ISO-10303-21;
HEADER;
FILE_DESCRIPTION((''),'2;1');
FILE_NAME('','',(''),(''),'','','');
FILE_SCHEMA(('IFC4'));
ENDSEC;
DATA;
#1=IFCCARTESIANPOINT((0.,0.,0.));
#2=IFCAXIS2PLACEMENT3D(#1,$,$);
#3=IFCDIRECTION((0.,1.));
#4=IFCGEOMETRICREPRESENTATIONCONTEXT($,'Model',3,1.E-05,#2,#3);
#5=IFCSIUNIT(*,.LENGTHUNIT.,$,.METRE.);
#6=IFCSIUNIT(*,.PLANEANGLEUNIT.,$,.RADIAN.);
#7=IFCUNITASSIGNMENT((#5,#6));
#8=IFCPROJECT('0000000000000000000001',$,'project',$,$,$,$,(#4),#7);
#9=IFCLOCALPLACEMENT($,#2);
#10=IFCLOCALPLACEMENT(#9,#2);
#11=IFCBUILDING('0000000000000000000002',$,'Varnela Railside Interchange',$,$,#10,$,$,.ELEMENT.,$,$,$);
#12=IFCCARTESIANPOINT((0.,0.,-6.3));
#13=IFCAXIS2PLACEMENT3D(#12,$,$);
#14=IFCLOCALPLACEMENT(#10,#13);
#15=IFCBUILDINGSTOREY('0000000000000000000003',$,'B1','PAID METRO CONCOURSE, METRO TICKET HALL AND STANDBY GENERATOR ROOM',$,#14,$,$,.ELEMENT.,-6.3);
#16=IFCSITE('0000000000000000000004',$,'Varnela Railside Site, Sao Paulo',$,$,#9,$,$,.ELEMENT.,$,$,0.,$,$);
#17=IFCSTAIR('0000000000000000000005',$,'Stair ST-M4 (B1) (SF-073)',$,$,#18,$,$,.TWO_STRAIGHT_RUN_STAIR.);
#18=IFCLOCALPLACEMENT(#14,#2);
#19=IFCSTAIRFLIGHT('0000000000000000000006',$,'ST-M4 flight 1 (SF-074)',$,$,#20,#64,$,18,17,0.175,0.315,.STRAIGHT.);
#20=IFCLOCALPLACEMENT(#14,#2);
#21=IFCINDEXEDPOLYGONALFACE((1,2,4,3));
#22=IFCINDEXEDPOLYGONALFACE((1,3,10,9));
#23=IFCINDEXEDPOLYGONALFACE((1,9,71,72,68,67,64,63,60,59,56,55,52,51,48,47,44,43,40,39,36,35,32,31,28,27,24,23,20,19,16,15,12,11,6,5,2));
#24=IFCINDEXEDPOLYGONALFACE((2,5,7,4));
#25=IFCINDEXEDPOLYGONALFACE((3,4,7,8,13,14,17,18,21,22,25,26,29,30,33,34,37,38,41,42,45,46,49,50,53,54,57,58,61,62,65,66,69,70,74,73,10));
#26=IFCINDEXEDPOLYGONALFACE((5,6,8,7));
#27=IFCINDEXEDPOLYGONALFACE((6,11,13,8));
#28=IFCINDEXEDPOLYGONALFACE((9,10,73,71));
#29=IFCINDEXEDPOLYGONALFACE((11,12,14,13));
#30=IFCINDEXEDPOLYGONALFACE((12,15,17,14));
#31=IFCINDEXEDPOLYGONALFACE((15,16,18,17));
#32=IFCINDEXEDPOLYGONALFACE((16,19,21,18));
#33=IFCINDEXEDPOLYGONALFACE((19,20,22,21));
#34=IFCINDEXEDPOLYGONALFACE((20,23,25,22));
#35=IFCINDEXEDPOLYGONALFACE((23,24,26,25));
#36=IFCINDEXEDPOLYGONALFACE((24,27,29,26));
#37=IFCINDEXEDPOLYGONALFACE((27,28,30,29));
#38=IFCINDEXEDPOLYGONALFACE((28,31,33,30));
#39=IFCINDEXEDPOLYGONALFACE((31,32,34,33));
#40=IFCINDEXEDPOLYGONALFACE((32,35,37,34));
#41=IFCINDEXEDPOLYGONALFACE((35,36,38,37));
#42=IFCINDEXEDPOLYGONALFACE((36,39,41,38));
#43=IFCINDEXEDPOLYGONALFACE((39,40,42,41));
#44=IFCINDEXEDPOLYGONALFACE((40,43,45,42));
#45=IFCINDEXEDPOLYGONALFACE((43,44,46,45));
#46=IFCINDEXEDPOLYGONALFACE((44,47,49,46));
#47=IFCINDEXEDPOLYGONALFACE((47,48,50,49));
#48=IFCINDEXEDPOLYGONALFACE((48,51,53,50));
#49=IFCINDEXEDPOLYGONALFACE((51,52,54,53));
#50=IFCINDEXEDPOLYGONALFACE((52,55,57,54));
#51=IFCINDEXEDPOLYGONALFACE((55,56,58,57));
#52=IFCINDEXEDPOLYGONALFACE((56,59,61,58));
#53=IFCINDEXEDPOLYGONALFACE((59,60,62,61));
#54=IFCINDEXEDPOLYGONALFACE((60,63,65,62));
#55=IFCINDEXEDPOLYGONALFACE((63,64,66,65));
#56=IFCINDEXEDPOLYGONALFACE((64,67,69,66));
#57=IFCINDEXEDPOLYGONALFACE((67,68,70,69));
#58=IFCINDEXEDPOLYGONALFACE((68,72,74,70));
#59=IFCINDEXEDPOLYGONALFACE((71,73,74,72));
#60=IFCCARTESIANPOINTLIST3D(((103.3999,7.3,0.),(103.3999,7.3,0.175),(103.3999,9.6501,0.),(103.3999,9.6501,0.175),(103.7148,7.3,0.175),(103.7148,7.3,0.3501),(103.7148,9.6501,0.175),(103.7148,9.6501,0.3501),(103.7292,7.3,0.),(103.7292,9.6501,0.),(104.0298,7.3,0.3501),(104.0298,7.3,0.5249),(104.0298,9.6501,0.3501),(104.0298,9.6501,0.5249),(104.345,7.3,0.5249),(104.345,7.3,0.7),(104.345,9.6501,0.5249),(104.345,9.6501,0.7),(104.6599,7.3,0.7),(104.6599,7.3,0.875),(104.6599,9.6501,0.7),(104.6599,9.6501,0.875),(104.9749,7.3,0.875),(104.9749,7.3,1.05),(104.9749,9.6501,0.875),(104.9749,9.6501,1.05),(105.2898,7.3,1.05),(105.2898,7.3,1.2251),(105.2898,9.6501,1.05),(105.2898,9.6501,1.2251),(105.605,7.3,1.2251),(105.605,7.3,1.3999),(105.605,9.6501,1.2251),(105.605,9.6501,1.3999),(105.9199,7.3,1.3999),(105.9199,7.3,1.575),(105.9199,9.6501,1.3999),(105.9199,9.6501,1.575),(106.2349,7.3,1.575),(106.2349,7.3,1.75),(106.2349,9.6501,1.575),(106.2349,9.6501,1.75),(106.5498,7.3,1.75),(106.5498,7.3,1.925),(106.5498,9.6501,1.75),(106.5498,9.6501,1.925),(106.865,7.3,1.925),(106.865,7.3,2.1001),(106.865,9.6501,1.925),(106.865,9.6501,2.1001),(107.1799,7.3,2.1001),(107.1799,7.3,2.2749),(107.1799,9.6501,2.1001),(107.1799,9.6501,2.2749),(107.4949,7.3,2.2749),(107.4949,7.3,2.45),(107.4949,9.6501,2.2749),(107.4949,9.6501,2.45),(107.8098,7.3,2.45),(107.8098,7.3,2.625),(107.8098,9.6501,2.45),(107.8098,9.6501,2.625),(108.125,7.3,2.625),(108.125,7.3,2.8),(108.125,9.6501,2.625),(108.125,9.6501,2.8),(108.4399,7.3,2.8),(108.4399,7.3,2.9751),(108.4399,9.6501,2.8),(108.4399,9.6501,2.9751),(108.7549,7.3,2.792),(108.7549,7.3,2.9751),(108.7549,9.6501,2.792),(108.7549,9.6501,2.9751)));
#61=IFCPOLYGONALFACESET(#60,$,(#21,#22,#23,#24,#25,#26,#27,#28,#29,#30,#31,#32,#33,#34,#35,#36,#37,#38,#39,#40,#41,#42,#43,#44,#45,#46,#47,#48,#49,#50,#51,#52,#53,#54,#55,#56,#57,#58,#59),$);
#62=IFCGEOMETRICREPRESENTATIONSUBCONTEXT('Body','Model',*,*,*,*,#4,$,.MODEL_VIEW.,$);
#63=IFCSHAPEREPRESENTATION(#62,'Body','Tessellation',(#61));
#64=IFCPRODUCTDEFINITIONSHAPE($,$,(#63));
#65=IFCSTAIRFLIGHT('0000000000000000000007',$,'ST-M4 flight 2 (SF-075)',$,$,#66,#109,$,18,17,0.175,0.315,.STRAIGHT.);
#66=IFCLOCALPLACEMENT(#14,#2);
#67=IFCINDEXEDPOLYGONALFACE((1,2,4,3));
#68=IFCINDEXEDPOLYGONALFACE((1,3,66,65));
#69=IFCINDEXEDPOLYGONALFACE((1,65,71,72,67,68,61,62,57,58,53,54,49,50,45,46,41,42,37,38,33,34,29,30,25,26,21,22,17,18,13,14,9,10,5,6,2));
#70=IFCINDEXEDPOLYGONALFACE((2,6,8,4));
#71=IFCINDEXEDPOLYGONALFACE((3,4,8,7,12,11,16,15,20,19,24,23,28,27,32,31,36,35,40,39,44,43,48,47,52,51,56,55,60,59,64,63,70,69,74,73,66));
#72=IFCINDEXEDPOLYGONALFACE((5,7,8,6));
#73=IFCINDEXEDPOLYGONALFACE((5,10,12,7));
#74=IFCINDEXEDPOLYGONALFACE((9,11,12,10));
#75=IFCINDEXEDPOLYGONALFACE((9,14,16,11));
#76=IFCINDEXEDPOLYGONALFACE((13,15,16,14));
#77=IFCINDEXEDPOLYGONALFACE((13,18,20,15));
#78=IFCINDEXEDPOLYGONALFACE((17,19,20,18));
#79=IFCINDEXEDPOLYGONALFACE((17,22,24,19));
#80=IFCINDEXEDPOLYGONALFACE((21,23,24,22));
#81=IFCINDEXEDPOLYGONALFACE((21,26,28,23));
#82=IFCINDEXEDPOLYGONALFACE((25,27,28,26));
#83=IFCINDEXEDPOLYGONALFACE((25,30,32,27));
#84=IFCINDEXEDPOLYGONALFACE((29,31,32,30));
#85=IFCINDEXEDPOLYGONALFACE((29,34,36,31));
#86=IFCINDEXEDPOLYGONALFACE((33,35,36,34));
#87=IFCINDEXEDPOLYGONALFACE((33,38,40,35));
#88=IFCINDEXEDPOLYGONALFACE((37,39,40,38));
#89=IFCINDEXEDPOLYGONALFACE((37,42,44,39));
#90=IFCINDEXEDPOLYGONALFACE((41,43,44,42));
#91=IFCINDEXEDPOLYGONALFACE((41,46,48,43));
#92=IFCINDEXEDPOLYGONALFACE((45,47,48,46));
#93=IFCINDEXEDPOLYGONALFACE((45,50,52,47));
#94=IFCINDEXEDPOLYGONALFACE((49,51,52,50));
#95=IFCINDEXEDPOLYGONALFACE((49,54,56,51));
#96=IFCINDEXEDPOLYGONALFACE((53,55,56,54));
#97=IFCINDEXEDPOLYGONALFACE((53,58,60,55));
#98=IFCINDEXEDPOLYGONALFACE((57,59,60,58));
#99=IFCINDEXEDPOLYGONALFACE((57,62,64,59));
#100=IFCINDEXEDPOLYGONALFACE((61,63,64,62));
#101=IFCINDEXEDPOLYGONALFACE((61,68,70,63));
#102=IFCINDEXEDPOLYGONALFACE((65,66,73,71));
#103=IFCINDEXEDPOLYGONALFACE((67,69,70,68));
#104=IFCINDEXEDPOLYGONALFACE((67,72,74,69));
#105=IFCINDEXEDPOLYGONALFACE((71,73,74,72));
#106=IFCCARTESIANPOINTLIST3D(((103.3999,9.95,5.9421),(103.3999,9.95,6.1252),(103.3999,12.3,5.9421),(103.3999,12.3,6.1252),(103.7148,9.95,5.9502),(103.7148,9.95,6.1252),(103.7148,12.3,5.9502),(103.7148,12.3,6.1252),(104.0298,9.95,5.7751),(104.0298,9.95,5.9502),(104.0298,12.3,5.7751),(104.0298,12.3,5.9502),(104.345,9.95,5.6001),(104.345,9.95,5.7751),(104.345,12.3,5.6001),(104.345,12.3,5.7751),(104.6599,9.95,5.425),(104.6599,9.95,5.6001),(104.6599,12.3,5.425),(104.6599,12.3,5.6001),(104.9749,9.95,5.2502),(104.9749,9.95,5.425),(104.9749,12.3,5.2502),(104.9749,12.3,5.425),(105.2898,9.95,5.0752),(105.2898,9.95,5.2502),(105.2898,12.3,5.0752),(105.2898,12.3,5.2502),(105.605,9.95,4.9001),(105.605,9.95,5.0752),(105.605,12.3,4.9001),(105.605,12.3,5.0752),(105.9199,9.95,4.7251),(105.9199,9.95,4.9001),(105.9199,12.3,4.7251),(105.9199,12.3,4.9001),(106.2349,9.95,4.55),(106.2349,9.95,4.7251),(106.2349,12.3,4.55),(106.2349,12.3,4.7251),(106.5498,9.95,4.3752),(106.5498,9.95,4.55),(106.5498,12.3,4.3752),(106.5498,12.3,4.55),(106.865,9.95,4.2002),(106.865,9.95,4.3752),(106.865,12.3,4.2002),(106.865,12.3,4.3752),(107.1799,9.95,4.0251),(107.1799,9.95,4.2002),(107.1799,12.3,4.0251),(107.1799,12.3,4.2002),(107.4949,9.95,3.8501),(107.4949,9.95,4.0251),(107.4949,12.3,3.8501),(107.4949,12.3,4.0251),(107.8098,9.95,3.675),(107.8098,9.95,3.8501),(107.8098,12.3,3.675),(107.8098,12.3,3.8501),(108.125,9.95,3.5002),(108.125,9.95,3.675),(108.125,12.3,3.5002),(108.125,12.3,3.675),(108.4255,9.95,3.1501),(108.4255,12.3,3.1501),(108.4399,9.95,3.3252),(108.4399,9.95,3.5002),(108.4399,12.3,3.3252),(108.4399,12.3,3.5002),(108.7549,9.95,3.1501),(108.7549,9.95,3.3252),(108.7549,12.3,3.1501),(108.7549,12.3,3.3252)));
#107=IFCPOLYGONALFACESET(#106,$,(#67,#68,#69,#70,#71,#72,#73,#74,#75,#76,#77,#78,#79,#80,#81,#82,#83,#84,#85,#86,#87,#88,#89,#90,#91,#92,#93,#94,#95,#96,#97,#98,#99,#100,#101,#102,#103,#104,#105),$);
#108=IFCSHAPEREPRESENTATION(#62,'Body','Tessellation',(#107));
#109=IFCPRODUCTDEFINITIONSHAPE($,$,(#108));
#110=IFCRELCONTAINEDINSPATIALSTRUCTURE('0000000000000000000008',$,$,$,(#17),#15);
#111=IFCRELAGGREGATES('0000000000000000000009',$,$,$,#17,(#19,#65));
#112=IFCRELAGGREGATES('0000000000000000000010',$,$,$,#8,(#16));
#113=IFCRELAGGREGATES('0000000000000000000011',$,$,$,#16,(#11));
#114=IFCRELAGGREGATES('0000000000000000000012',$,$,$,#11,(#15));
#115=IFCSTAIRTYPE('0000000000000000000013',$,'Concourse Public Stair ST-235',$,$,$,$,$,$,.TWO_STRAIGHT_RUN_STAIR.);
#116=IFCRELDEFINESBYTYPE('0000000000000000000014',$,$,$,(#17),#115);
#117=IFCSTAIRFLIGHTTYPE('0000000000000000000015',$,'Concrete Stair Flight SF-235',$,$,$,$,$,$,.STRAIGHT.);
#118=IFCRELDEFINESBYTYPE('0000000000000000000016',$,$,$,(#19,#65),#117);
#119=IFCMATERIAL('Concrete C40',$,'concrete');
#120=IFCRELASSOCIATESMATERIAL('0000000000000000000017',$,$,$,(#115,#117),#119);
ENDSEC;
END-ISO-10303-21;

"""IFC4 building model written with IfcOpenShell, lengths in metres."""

from ifc_helpers import new_model, si_unit, direction, frame, origin, place, context, subcontext, project, spatial, polyline, outline, extrude, material, type_object, element, aggregate, save


model = new_model("IFC4")

# Units and contexts
model_context = context("Model", 3, precision=1e-05, world=origin(), true_north=direction((0.0, 1.0)))
body_context = subcontext(model_context, "Body", "Model", "MODEL_VIEW")
ifc_project = project(units=[si_unit("LENGTHUNIT", "METRE"), si_unit("PLANEANGLEUNIT", "RADIAN")], contexts=[model_context])

# Site, building, storey
site_placement = place(None, origin())
site = spatial("IfcSite", under=ifc_project, at=site_placement, Name="Varnela Railside Site, Sao Paulo", CompositionType="ELEMENT", RefElevation=0.0)
building_placement = place(site_placement, origin())
building = spatial("IfcBuilding", under=site, at=building_placement, Name="Varnela Railside Interchange", CompositionType="ELEMENT")
storey_placement = place(building_placement, frame((0.0, 0.0, -6.3)))
storey = spatial("IfcBuildingStorey", under=building, at=storey_placement, Name="B1", Description="PAID METRO CONCOURSE, METRO TICKET HALL AND STANDBY GENERATOR ROOM", CompositionType="ELEMENT", Elevation=-6.3)

# Shared definitions
ifc_material_1 = material(Name="Concrete C40", Category="concrete")

# Stair, stair flights
stair_type = type_object("IfcStairType", Name="Concourse Public Stair ST-235", PredefinedType="TWO_STRAIGHT_RUN_STAIR", material=ifc_material_1)
stair_placement = place(storey_placement, origin())
stair = element("IfcStair", 1, at=stair_placement, inside=storey, type_object=stair_type, Name="Stair ST-M4 (B1) (SF-073)", PredefinedType="TWO_STRAIGHT_RUN_STAIR")
stair_flight_type = type_object("IfcStairFlightType", Name="Concrete Stair Flight SF-235", PredefinedType="STRAIGHT", material=ifc_material_1)
stair_flight_1_placement = place(storey_placement, frame((103.3999, 8.4751, 0.0), z_axis=(0.0, 0.0, 1.0), x_axis=(1.0, 0.0, 0.0)))
stair_flight_1 = element("IfcStairFlight", 2, at=stair_flight_1_placement, type_object=stair_flight_type, Name="ST-M4 flight 1 (SF-074)", NumberOfRisers=18, NumberOfTreads=17, PredefinedType="STRAIGHT", RiserHeight=0.175, TreadLength=0.315, context=body_context, shape_type="SweptSolid", body=[
    extrude(outline(polyline([(0.0, 0.0), (0.0, 0.175), (0.3149, 0.175), (0.3149, 0.3501), (0.6299, 0.3501), (0.6299, 0.5249), (0.9451, 0.5249), (0.9451, 0.7), (1.26, 0.7), (1.26, 0.875), (1.575, 0.875), (1.575, 1.05), (1.8899, 1.05), (1.8899, 1.2251), (2.2051, 1.2251), (2.2051, 1.3999), (2.52, 1.3999), (2.52, 1.575), (2.835, 1.575), (2.835, 1.75), (3.1499, 1.75), (3.1499, 1.925), (3.4651, 1.925), (3.4651, 2.1001), (3.78, 2.1001), (3.78, 2.2749), (4.095, 2.2749), (4.095, 2.45), (4.4099, 2.45), (4.4099, 2.625), (4.7251, 2.625), (4.7251, 2.8), (5.04, 2.8), (5.04, 2.9751), (5.355, 2.9751), (5.355, 3.1499), (5.355, 2.792), (0.3293, 0.0), (0.0, 0.0)])), frame((0.0, 1.175, 0.0), z_axis=(0.0, -1.0, 0.0), x_axis=(1.0, 0.0, 0.0)), (0.0, 0.0, 1.0), 2.3501),
])
stair_flight_2_placement = place(storey_placement, frame((108.7549, 11.125, 3.1501), z_axis=(0.0, 0.0, 1.0), x_axis=(-1.0, 0.0, 0.0)))
stair_flight_2 = element("IfcStairFlight", 3, at=stair_flight_2_placement, type_object=stair_flight_type, Name="ST-M4 flight 2 (SF-075)", NumberOfRisers=18, NumberOfTreads=17, PredefinedType="STRAIGHT", RiserHeight=0.175, TreadLength=0.315, context=body_context, shape_type="SweptSolid", body=[
    extrude(outline(polyline([(0.0, 0.0), (0.0, 0.175), (0.3149, 0.175), (0.3149, 0.3501), (0.6299, 0.3501), (0.6299, 0.5249), (0.9451, 0.5249), (0.9451, 0.7), (1.26, 0.7), (1.26, 0.875), (1.575, 0.875), (1.575, 1.05), (1.8899, 1.05), (1.8899, 1.2251), (2.2051, 1.2251), (2.2051, 1.3999), (2.52, 1.3999), (2.52, 1.575), (2.835, 1.575), (2.835, 1.75), (3.1499, 1.75), (3.1499, 1.925), (3.4651, 1.925), (3.4651, 2.1001), (3.78, 2.1001), (3.78, 2.2749), (4.095, 2.2749), (4.095, 2.45), (4.4099, 2.45), (4.4099, 2.625), (4.7251, 2.625), (4.7251, 2.8), (5.04, 2.8), (5.04, 2.9751), (5.355, 2.9751), (5.355, 3.1499), (5.355, 2.792), (0.3293, 0.0), (0.0, 0.0)])), frame((0.0, 1.175, 0.0), z_axis=(0.0, -1.0, 0.0), x_axis=(1.0, 0.0, 0.0)), (0.0, 0.0, 1.0), 2.3501),
])
aggregate(stair, [stair_flight_1, stair_flight_2])

save(model, "model.ifc")
